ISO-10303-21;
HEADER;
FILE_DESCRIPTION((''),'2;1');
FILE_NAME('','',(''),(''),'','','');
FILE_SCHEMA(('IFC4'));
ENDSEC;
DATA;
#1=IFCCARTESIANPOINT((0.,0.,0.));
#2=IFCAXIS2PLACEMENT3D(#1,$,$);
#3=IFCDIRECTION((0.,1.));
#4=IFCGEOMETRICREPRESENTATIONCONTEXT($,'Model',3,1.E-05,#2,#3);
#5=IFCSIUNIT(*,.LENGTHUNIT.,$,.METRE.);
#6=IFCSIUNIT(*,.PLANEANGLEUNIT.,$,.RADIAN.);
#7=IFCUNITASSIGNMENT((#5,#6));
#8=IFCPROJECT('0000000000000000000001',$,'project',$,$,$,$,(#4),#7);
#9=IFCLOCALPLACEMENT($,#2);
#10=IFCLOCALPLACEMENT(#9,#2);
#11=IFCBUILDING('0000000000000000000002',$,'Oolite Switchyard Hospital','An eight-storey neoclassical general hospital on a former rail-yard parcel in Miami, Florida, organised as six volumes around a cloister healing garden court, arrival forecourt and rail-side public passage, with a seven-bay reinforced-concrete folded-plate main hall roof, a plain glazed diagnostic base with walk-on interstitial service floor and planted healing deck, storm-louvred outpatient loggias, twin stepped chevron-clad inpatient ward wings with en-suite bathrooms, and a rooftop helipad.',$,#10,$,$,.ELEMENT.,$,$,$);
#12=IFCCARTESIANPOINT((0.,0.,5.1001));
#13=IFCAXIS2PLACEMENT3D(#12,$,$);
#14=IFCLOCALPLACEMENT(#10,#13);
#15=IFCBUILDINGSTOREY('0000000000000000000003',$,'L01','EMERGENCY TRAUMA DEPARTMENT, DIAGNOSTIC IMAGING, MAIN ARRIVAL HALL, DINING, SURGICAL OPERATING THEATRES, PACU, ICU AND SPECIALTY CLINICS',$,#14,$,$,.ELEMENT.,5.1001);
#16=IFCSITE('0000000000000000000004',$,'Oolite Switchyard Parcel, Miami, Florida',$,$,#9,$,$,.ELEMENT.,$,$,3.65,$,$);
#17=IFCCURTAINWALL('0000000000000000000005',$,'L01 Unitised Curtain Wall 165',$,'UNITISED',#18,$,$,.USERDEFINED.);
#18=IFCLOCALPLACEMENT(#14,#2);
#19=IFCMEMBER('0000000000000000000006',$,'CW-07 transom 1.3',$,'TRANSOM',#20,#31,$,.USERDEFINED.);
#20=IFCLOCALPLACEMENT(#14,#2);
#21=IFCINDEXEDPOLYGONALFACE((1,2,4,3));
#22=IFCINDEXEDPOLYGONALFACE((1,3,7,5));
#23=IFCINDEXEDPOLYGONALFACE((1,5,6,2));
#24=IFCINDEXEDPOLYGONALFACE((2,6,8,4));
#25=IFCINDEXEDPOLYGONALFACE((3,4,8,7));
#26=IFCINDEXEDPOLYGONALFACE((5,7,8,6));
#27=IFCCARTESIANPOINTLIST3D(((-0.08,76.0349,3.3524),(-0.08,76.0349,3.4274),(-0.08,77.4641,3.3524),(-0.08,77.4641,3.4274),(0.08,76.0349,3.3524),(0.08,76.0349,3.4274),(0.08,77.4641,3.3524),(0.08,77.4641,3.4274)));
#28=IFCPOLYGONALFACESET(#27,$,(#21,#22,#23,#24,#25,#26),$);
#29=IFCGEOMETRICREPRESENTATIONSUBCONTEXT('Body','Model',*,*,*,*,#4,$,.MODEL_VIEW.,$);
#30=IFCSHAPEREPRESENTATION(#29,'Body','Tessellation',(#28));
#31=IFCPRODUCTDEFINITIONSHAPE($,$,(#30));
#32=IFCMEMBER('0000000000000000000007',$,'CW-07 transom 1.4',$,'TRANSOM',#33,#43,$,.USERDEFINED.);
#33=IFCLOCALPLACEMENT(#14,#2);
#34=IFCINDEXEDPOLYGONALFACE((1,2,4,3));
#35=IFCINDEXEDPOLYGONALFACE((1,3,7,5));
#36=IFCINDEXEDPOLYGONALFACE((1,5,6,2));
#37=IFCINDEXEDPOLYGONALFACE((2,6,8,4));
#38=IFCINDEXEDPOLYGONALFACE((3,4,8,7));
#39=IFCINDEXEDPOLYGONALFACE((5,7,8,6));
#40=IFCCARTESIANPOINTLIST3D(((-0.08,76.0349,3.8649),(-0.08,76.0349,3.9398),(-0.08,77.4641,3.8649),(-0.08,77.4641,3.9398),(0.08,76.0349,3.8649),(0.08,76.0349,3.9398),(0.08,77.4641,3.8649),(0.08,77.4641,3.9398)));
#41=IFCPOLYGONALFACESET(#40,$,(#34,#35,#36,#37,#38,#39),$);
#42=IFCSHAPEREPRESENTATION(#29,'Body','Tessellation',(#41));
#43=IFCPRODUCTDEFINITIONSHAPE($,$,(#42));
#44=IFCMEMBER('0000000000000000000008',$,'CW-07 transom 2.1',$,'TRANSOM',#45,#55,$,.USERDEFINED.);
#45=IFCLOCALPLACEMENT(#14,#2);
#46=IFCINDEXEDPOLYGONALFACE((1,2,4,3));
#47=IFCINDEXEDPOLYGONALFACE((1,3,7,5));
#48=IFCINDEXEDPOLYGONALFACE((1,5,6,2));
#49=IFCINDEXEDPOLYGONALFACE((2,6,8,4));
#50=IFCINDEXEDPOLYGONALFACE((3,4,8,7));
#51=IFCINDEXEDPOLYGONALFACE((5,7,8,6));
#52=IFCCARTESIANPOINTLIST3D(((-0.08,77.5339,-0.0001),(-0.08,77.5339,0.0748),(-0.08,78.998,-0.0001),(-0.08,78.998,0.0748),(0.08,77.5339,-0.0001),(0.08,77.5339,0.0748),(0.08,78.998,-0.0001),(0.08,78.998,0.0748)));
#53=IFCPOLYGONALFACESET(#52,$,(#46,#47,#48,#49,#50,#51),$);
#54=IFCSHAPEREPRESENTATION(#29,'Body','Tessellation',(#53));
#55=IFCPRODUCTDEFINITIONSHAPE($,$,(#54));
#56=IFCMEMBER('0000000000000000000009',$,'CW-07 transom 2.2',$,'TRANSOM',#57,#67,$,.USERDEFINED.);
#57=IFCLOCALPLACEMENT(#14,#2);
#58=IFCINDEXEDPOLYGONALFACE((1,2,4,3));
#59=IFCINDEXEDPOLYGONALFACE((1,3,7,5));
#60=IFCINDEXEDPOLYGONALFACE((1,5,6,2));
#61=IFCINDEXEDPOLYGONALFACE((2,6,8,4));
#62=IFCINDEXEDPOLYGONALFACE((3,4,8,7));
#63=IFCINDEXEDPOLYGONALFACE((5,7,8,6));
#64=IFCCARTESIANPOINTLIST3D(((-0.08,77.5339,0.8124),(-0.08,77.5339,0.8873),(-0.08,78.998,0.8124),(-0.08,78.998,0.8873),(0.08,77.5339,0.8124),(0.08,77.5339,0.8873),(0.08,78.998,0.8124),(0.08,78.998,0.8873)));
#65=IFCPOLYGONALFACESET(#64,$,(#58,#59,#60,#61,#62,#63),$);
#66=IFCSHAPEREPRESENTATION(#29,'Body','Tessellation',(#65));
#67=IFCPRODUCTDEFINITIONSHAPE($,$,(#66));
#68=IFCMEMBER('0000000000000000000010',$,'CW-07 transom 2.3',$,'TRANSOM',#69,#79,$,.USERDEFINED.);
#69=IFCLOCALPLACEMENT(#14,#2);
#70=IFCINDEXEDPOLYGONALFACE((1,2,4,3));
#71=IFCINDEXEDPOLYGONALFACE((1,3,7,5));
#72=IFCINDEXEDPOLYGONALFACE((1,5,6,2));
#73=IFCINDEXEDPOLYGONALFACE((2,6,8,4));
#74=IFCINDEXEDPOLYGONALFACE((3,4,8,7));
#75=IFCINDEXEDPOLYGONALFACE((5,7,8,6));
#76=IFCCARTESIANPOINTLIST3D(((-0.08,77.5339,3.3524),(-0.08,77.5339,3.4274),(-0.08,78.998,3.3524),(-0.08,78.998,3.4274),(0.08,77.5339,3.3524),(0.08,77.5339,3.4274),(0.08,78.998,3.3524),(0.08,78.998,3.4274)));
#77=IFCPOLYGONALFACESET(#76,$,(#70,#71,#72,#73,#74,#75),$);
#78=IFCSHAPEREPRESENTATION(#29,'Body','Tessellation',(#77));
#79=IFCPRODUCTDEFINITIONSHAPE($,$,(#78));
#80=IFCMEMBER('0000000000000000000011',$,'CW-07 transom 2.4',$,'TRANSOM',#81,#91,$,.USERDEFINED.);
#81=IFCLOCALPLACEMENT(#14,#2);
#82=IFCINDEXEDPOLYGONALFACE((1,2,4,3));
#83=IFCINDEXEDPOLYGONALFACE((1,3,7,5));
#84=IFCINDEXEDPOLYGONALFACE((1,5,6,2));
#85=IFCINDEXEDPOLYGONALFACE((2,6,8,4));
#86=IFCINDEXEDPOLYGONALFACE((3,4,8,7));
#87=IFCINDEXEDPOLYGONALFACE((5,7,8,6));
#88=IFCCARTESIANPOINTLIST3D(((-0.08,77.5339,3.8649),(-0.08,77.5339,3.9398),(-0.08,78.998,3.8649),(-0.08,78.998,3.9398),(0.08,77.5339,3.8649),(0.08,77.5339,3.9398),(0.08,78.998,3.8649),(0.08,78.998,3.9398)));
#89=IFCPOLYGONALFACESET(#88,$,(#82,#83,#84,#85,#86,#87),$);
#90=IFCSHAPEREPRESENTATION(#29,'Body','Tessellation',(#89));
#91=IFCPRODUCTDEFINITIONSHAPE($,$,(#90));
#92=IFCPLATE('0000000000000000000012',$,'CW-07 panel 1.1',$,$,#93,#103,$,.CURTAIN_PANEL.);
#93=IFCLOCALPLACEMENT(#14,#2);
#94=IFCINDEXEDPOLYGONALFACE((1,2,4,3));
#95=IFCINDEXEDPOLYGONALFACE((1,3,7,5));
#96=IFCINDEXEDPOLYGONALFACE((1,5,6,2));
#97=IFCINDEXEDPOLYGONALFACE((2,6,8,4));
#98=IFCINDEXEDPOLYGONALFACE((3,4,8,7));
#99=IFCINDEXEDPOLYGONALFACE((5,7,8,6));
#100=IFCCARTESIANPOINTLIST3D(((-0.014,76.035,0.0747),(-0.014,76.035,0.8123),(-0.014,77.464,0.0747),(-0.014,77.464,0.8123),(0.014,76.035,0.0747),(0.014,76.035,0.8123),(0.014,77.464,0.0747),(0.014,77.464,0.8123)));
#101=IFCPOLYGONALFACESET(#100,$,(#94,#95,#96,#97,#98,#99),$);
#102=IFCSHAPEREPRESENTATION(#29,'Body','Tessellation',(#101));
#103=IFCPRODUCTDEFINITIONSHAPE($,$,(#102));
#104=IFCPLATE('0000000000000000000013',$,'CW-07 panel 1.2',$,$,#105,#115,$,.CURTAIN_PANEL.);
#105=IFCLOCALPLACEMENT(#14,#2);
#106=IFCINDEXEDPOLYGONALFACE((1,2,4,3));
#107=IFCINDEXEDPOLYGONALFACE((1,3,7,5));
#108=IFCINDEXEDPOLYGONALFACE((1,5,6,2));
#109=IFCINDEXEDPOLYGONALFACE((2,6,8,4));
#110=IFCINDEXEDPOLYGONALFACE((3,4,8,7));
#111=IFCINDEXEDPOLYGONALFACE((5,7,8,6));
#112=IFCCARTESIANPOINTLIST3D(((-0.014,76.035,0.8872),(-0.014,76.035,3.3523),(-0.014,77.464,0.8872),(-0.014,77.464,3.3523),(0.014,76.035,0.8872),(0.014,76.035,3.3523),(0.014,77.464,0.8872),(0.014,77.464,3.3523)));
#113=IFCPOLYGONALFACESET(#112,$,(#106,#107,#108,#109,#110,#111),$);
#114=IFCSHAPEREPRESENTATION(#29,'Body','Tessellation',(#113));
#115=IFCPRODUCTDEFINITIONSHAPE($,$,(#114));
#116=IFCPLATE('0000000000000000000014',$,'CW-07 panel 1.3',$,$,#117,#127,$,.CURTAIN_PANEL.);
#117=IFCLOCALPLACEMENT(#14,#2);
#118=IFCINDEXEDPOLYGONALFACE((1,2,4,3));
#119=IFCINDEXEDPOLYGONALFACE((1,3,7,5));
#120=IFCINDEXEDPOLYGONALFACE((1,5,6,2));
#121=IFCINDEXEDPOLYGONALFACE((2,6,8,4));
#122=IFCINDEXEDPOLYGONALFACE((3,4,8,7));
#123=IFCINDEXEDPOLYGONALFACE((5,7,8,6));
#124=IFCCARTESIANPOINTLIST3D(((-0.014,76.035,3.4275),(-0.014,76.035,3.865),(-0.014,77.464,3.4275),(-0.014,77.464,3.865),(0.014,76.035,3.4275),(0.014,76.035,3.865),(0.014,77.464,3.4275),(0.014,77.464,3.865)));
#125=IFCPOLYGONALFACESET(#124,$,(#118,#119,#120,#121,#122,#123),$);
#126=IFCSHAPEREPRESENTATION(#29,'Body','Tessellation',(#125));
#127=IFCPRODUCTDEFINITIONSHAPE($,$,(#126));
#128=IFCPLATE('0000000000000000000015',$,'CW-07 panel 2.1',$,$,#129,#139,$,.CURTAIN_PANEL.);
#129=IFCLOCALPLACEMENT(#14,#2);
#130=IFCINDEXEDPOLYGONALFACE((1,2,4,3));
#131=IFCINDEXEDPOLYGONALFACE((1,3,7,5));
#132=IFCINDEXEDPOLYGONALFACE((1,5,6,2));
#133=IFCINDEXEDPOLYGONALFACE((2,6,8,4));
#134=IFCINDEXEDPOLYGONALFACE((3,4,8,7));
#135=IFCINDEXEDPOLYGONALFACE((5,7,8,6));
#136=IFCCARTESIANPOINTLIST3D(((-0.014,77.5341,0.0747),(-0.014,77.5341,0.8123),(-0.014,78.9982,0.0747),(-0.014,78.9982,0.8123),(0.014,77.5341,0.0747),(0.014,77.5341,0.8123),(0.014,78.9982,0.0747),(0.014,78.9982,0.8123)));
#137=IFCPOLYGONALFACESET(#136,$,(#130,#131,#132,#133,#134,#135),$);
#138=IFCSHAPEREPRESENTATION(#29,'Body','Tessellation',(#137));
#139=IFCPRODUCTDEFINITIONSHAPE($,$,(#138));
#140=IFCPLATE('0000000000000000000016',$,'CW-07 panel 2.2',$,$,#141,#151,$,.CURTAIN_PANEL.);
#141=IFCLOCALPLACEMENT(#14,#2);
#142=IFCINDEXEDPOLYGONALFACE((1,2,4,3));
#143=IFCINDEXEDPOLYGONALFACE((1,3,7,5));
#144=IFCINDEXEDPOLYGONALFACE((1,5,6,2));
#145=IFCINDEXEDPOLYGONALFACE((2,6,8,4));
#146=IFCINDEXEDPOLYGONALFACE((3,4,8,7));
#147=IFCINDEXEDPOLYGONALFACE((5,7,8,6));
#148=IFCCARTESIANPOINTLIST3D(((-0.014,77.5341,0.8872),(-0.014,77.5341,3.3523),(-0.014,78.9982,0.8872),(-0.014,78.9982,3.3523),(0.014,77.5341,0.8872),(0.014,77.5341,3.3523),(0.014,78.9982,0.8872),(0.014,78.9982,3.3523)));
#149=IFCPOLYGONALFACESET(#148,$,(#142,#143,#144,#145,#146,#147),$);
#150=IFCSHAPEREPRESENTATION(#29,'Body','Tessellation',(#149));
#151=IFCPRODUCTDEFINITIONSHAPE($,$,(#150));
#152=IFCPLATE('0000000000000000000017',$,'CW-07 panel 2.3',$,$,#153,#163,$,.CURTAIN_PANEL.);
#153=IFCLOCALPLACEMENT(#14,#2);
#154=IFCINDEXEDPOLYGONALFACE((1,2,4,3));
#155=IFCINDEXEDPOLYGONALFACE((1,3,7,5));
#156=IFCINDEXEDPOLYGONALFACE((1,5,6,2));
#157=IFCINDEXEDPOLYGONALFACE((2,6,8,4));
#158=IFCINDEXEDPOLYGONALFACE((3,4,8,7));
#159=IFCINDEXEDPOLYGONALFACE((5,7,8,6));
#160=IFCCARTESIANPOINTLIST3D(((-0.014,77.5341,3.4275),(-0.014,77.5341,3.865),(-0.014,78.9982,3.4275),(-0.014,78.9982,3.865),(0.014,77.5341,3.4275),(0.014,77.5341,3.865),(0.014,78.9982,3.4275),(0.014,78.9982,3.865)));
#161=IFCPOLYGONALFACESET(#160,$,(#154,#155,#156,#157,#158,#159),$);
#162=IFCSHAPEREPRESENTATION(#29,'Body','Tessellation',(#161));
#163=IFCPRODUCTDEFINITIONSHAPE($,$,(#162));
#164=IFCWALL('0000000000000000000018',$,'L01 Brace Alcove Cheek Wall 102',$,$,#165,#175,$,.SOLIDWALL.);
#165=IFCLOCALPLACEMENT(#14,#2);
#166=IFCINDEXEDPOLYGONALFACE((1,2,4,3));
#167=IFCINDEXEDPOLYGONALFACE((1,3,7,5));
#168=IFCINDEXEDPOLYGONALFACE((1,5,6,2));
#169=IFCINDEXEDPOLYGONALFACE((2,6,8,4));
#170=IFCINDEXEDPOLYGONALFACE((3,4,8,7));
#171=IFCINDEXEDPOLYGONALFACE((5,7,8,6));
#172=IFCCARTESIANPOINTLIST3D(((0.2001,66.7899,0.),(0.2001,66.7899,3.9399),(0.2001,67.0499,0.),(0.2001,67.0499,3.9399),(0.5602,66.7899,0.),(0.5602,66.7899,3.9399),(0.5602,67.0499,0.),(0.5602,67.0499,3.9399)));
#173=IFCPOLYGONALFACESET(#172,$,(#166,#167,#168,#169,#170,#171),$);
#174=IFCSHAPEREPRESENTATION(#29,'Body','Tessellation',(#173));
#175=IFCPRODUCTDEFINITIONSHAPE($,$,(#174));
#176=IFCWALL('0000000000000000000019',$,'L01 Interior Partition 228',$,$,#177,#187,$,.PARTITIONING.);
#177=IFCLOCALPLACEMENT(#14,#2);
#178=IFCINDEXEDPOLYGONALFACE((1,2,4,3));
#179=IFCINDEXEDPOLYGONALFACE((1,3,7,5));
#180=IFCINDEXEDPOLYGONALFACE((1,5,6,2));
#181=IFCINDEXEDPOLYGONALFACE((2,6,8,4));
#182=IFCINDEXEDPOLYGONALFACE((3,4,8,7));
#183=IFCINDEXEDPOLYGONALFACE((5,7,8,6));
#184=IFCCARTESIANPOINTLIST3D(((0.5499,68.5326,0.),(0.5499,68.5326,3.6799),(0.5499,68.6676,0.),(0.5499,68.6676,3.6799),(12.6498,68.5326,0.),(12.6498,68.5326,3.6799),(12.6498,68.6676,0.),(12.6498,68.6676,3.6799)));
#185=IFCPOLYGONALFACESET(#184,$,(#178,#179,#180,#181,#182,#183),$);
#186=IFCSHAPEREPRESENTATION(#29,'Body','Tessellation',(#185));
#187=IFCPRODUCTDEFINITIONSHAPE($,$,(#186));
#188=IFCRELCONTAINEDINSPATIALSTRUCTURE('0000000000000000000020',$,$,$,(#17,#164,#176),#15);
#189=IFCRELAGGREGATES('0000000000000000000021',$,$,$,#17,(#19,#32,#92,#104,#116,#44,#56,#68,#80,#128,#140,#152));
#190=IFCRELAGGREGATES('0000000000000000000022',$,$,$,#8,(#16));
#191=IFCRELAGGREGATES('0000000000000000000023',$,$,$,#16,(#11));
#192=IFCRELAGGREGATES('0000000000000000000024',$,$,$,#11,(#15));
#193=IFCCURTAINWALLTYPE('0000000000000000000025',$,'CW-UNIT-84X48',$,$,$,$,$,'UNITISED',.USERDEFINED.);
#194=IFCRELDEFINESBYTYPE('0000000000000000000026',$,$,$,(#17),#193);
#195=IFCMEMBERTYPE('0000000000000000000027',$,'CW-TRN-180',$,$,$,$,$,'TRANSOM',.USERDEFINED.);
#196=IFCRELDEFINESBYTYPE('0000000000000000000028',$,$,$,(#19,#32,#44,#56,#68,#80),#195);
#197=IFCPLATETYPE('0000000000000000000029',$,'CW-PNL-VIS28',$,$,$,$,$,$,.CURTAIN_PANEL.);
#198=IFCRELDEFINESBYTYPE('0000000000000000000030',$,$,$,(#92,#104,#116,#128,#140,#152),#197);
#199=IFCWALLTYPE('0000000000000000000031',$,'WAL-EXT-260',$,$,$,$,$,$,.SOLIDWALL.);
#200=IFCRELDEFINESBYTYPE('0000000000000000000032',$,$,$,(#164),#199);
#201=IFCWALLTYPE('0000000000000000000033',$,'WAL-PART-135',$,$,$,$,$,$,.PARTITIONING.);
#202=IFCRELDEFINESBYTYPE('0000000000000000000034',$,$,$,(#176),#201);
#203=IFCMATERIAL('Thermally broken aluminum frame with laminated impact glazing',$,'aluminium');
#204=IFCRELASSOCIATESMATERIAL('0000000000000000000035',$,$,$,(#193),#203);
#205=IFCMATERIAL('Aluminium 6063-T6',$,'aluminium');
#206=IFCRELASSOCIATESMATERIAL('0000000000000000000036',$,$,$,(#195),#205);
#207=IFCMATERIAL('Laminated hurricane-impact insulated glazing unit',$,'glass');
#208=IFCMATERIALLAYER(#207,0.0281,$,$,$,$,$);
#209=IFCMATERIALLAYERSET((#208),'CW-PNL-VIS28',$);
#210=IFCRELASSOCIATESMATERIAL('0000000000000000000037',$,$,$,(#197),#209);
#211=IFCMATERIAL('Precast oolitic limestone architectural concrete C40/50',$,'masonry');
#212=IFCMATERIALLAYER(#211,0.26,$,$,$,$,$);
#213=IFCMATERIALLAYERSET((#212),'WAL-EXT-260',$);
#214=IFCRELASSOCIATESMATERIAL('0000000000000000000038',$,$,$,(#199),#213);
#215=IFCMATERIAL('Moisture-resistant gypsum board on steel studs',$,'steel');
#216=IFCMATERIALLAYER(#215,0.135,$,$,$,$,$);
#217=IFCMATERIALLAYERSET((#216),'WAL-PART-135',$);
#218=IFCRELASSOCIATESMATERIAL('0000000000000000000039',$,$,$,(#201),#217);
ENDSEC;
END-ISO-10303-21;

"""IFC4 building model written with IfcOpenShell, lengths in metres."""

from ifc_helpers import new_model, si_unit, direction, frame, frame_2d, origin, origin_2d, place, context, subcontext, project, spatial, rectangle, extrude, material, layer, layer_set, material_profile, profile_set, type_object, element, aggregate, save


model = new_model("IFC4")

# Units and contexts
model_context = context("Model", 3, precision=1e-05, world=origin(), true_north=direction((0.0, 1.0)))
body_context = subcontext(model_context, "Body", "Model", "MODEL_VIEW")
ifc_project = project(units=[si_unit("LENGTHUNIT", "METRE"), si_unit("PLANEANGLEUNIT", "RADIAN")], contexts=[model_context])

# Site, building, storey
site_placement = place(None, origin())
site = spatial("IfcSite", under=ifc_project, at=site_placement, Name="Oolite Switchyard Parcel, Miami, Florida", CompositionType="ELEMENT", RefElevation=3.65)
building_placement = place(site_placement, origin())
building = spatial("IfcBuilding", under=site, at=building_placement, Name="Oolite Switchyard Hospital", Description="An eight-storey neoclassical general hospital on a former rail-yard parcel in Miami, Florida, organised as six volumes around a cloister healing garden court, arrival forecourt and rail-side public passage, with a seven-bay reinforced-concrete folded-plate main hall roof, a plain glazed diagnostic base with walk-on interstitial service floor and planted healing deck, storm-louvred outpatient loggias, twin stepped chevron-clad inpatient ward wings with en-suite bathrooms, and a rooftop helipad.", CompositionType="ELEMENT")
storey_placement = place(building_placement, frame((0.0, 0.0, 5.1001)))
storey = spatial("IfcBuildingStorey", under=building, at=storey_placement, Name="L01", Description="EMERGENCY TRAUMA DEPARTMENT, DIAGNOSTIC IMAGING, MAIN ARRIVAL HALL, DINING, SURGICAL OPERATING THEATRES, PACU, ICU AND SPECIALTY CLINICS", CompositionType="ELEMENT", Elevation=5.1001)

# Curtain wall, members, plates
ifc_material_1 = material(Name="Thermally broken aluminum frame with laminated impact glazing", Category="aluminium")
curtain_wall_type = type_object("IfcCurtainWallType", Name="CW-UNIT-84X48", ElementType="UNITISED", PredefinedType="USERDEFINED", material=ifc_material_1)
curtain_wall_placement = place(storey_placement, origin())
curtain_wall = element("IfcCurtainWall", 1, at=curtain_wall_placement, inside=storey, type_object=curtain_wall_type, Name="L01 Unitised Curtain Wall 165", ObjectType="UNITISED", PredefinedType="USERDEFINED")
ifc_material_2 = material(Name="Aluminium 6063-T6", Category="aluminium")
ifc_material_profile_1 = material_profile(ifc_material_2, rectangle(XDim=0.1599, YDim=0.075, at=origin_2d()), Name="CWT75X160")
ifc_profile_set_1 = profile_set([ifc_material_profile_1], Name="Aluminium 6063-T6")
member_type_1 = type_object("IfcMemberType", Name="CW-TRN-180", ElementType="TRANSOM", PredefinedType="USERDEFINED", material=ifc_profile_set_1)
member_1_placement = place(storey_placement, frame((0.0, 76.0349, 3.3899), z_axis=(0.0, 1.0, 0.0), x_axis=(-1.0, 0.0, 0.0)))
member_1 = element("IfcMember", 2, at=member_1_placement, type_object=member_type_1, Name="CW-07 transom 1.3", ObjectType="TRANSOM", PredefinedType="USERDEFINED", context=body_context, shape_type="SweptSolid", body=[
    extrude(rectangle(XDim=0.1599, YDim=0.075, at=origin_2d()), origin(), (0.0, 0.0, 1.0), 1.4292),
])
member_2_placement = place(storey_placement, frame((0.0, 76.0349, 3.9023), z_axis=(0.0, 1.0, 0.0), x_axis=(-1.0, 0.0, 0.0)))
member_2 = element("IfcMember", 3, at=member_2_placement, type_object=member_type_1, Name="CW-07 transom 1.4", ObjectType="TRANSOM", PredefinedType="USERDEFINED", context=body_context, shape_type="SweptSolid", body=[
    extrude(rectangle(XDim=0.1599, YDim=0.075, at=origin_2d()), origin(), (0.0, 0.0, 1.0), 1.4292),
])
member_3_placement = place(storey_placement, frame((0.0, 77.5339, 0.0374), z_axis=(0.0, 1.0, 0.0), x_axis=(-1.0, 0.0, 0.0)))
member_3 = element("IfcMember", 4, at=member_3_placement, type_object=member_type_1, Name="CW-07 transom 2.1", ObjectType="TRANSOM", PredefinedType="USERDEFINED", context=body_context, shape_type="SweptSolid", body=[
    extrude(rectangle(XDim=0.1599, YDim=0.075, at=origin_2d()), origin(), (0.0, 0.0, 1.0), 1.4641),
])
member_4_placement = place(storey_placement, frame((0.0, 77.5339, 0.8499), z_axis=(0.0, 1.0, 0.0), x_axis=(-1.0, 0.0, 0.0)))
member_4 = element("IfcMember", 5, at=member_4_placement, type_object=member_type_1, Name="CW-07 transom 2.2", ObjectType="TRANSOM", PredefinedType="USERDEFINED", context=body_context, shape_type="SweptSolid", body=[
    extrude(rectangle(XDim=0.1599, YDim=0.075, at=origin_2d()), origin(), (0.0, 0.0, 1.0), 1.4641),
])
member_5_placement = place(storey_placement, frame((0.0, 77.5339, 3.3899), z_axis=(0.0, 1.0, 0.0), x_axis=(-1.0, 0.0, 0.0)))
member_5 = element("IfcMember", 6, at=member_5_placement, type_object=member_type_1, Name="CW-07 transom 2.3", ObjectType="TRANSOM", PredefinedType="USERDEFINED", context=body_context, shape_type="SweptSolid", body=[
    extrude(rectangle(XDim=0.1599, YDim=0.075, at=origin_2d()), origin(), (0.0, 0.0, 1.0), 1.4641),
])
member_6_placement = place(storey_placement, frame((0.0, 77.5339, 3.9023), z_axis=(0.0, 1.0, 0.0), x_axis=(-1.0, 0.0, 0.0)))
member_6 = element("IfcMember", 7, at=member_6_placement, type_object=member_type_1, Name="CW-07 transom 2.4", ObjectType="TRANSOM", PredefinedType="USERDEFINED", context=body_context, shape_type="SweptSolid", body=[
    extrude(rectangle(XDim=0.1599, YDim=0.075, at=origin_2d()), origin(), (0.0, 0.0, 1.0), 1.4641),
])
ifc_material_3 = material(Name="Laminated hurricane-impact insulated glazing unit", Category="glass")
ifc_layer_1 = layer(ifc_material_3, 0.0281)
ifc_layer_set_1 = layer_set([ifc_layer_1], Name="CW-PNL-VIS28")
plate_type = type_object("IfcPlateType", Name="CW-PNL-VIS28", PredefinedType="CURTAIN_PANEL", material=ifc_layer_set_1)
plate_1_placement = place(storey_placement, frame((0.0, 76.7495, 0.0747), z_axis=(0.0, 0.0, 1.0), x_axis=(0.0, 1.0, 0.0)))
plate_1 = element("IfcPlate", 8, at=plate_1_placement, type_object=plate_type, Name="CW-07 panel 1.1", PredefinedType="CURTAIN_PANEL", context=body_context, shape_type="SweptSolid", body=[
    extrude(rectangle(XDim=1.429, YDim=0.0281, at=origin_2d()), origin(), (0.0, 0.0, 1.0), 0.7375),
])
plate_2_placement = place(storey_placement, frame((0.0, 76.7495, 0.8872), z_axis=(0.0, 0.0, 1.0), x_axis=(0.0, 1.0, 0.0)))
plate_2 = element("IfcPlate", 9, at=plate_2_placement, type_object=plate_type, Name="CW-07 panel 1.2", PredefinedType="CURTAIN_PANEL", context=body_context, shape_type="SweptSolid", body=[
    extrude(rectangle(XDim=1.429, YDim=0.0281, at=origin_2d()), origin(), (0.0, 0.0, 1.0), 2.4651),
])
plate_3_placement = place(storey_placement, frame((0.0, 76.7495, 3.4275), z_axis=(0.0, 0.0, 1.0), x_axis=(0.0, 1.0, 0.0)))
plate_3 = element("IfcPlate", 10, at=plate_3_placement, type_object=plate_type, Name="CW-07 panel 1.3", PredefinedType="CURTAIN_PANEL", context=body_context, shape_type="SweptSolid", body=[
    extrude(rectangle(XDim=1.429, YDim=0.0281, at=origin_2d()), origin(), (0.0, 0.0, 1.0), 0.4375),
])
plate_4_placement = place(storey_placement, frame((0.0, 78.2661, 0.0747), z_axis=(0.0, 0.0, 1.0), x_axis=(0.0, 1.0, 0.0)))
plate_4 = element("IfcPlate", 11, at=plate_4_placement, type_object=plate_type, Name="CW-07 panel 2.1", PredefinedType="CURTAIN_PANEL", context=body_context, shape_type="SweptSolid", body=[
    extrude(rectangle(XDim=1.4641, YDim=0.0281, at=origin_2d()), origin(), (0.0, 0.0, 1.0), 0.7375),
])
plate_5_placement = place(storey_placement, frame((0.0, 78.2661, 0.8872), z_axis=(0.0, 0.0, 1.0), x_axis=(0.0, 1.0, 0.0)))
plate_5 = element("IfcPlate", 12, at=plate_5_placement, type_object=plate_type, Name="CW-07 panel 2.2", PredefinedType="CURTAIN_PANEL", context=body_context, shape_type="SweptSolid", body=[
    extrude(rectangle(XDim=1.4641, YDim=0.0281, at=origin_2d()), origin(), (0.0, 0.0, 1.0), 2.4651),
])
plate_6_placement = place(storey_placement, frame((0.0, 78.2661, 3.4275), z_axis=(0.0, 0.0, 1.0), x_axis=(0.0, 1.0, 0.0)))
plate_6 = element("IfcPlate", 13, at=plate_6_placement, type_object=plate_type, Name="CW-07 panel 2.3", PredefinedType="CURTAIN_PANEL", context=body_context, shape_type="SweptSolid", body=[
    extrude(rectangle(XDim=1.4641, YDim=0.0281, at=origin_2d()), origin(), (0.0, 0.0, 1.0), 0.4375),
])
aggregate(curtain_wall, [member_1, member_2, plate_1, plate_2, plate_3, member_3, member_4, member_5, member_6, plate_4, plate_5, plate_6])

# Walls
ifc_material_4 = material(Name="Precast oolitic limestone architectural concrete C40/50", Category="masonry")
ifc_layer_2 = layer(ifc_material_4, 0.26)
ifc_layer_set_2 = layer_set([ifc_layer_2], Name="WAL-EXT-260")
wall_type_1 = type_object("IfcWallType", Name="WAL-EXT-260", PredefinedType="SOLIDWALL", material=ifc_layer_set_2)
wall_placement = place(storey_placement, frame((0.2, 66.9199, 0.0), z_axis=(0.0, 0.0, 1.0), x_axis=(1.0, 0.0, 0.0)))
element("IfcWall", 14, at=wall_placement, inside=storey, type_object=wall_type_1, Name="L01 Brace Alcove Cheek Wall 102", PredefinedType="SOLIDWALL", context=body_context, shape_type="SweptSolid", body=[
    extrude(rectangle(XDim=0.3601, YDim=0.26, at=frame_2d((0.1802, 0.0))), origin(), (0.0, 0.0, 1.0), 3.9399),
])
ifc_material_5 = material(Name="Moisture-resistant gypsum board on steel studs", Category="steel")
ifc_layer_3 = layer(ifc_material_5, 0.135)
ifc_layer_set_3 = layer_set([ifc_layer_3], Name="WAL-PART-135")
wall_type_2 = type_object("IfcWallType", Name="WAL-PART-135", PredefinedType="PARTITIONING", material=ifc_layer_set_3)
for number, where, z_axis, x_axis, name in (
    (15, (0.55, 68.6001, 0.0), (0.0, 0.0, 1.0), (1.0, 0.0, 0.0), "L01 Interior Partition 228"),
):
    element("IfcWall", number, at=place(storey_placement, frame(where, z_axis=z_axis, x_axis=x_axis)), inside=storey, type_object=wall_type_2, Name=name, PredefinedType="PARTITIONING", context=body_context, shape_type="SweptSolid", body=[
        extrude(rectangle(XDim=12.0999, YDim=0.135, at=frame_2d((6.0498, 0.0))), origin(), (0.0, 0.0, 1.0), 3.6799),
    ])

save(model, "model.ifc")
